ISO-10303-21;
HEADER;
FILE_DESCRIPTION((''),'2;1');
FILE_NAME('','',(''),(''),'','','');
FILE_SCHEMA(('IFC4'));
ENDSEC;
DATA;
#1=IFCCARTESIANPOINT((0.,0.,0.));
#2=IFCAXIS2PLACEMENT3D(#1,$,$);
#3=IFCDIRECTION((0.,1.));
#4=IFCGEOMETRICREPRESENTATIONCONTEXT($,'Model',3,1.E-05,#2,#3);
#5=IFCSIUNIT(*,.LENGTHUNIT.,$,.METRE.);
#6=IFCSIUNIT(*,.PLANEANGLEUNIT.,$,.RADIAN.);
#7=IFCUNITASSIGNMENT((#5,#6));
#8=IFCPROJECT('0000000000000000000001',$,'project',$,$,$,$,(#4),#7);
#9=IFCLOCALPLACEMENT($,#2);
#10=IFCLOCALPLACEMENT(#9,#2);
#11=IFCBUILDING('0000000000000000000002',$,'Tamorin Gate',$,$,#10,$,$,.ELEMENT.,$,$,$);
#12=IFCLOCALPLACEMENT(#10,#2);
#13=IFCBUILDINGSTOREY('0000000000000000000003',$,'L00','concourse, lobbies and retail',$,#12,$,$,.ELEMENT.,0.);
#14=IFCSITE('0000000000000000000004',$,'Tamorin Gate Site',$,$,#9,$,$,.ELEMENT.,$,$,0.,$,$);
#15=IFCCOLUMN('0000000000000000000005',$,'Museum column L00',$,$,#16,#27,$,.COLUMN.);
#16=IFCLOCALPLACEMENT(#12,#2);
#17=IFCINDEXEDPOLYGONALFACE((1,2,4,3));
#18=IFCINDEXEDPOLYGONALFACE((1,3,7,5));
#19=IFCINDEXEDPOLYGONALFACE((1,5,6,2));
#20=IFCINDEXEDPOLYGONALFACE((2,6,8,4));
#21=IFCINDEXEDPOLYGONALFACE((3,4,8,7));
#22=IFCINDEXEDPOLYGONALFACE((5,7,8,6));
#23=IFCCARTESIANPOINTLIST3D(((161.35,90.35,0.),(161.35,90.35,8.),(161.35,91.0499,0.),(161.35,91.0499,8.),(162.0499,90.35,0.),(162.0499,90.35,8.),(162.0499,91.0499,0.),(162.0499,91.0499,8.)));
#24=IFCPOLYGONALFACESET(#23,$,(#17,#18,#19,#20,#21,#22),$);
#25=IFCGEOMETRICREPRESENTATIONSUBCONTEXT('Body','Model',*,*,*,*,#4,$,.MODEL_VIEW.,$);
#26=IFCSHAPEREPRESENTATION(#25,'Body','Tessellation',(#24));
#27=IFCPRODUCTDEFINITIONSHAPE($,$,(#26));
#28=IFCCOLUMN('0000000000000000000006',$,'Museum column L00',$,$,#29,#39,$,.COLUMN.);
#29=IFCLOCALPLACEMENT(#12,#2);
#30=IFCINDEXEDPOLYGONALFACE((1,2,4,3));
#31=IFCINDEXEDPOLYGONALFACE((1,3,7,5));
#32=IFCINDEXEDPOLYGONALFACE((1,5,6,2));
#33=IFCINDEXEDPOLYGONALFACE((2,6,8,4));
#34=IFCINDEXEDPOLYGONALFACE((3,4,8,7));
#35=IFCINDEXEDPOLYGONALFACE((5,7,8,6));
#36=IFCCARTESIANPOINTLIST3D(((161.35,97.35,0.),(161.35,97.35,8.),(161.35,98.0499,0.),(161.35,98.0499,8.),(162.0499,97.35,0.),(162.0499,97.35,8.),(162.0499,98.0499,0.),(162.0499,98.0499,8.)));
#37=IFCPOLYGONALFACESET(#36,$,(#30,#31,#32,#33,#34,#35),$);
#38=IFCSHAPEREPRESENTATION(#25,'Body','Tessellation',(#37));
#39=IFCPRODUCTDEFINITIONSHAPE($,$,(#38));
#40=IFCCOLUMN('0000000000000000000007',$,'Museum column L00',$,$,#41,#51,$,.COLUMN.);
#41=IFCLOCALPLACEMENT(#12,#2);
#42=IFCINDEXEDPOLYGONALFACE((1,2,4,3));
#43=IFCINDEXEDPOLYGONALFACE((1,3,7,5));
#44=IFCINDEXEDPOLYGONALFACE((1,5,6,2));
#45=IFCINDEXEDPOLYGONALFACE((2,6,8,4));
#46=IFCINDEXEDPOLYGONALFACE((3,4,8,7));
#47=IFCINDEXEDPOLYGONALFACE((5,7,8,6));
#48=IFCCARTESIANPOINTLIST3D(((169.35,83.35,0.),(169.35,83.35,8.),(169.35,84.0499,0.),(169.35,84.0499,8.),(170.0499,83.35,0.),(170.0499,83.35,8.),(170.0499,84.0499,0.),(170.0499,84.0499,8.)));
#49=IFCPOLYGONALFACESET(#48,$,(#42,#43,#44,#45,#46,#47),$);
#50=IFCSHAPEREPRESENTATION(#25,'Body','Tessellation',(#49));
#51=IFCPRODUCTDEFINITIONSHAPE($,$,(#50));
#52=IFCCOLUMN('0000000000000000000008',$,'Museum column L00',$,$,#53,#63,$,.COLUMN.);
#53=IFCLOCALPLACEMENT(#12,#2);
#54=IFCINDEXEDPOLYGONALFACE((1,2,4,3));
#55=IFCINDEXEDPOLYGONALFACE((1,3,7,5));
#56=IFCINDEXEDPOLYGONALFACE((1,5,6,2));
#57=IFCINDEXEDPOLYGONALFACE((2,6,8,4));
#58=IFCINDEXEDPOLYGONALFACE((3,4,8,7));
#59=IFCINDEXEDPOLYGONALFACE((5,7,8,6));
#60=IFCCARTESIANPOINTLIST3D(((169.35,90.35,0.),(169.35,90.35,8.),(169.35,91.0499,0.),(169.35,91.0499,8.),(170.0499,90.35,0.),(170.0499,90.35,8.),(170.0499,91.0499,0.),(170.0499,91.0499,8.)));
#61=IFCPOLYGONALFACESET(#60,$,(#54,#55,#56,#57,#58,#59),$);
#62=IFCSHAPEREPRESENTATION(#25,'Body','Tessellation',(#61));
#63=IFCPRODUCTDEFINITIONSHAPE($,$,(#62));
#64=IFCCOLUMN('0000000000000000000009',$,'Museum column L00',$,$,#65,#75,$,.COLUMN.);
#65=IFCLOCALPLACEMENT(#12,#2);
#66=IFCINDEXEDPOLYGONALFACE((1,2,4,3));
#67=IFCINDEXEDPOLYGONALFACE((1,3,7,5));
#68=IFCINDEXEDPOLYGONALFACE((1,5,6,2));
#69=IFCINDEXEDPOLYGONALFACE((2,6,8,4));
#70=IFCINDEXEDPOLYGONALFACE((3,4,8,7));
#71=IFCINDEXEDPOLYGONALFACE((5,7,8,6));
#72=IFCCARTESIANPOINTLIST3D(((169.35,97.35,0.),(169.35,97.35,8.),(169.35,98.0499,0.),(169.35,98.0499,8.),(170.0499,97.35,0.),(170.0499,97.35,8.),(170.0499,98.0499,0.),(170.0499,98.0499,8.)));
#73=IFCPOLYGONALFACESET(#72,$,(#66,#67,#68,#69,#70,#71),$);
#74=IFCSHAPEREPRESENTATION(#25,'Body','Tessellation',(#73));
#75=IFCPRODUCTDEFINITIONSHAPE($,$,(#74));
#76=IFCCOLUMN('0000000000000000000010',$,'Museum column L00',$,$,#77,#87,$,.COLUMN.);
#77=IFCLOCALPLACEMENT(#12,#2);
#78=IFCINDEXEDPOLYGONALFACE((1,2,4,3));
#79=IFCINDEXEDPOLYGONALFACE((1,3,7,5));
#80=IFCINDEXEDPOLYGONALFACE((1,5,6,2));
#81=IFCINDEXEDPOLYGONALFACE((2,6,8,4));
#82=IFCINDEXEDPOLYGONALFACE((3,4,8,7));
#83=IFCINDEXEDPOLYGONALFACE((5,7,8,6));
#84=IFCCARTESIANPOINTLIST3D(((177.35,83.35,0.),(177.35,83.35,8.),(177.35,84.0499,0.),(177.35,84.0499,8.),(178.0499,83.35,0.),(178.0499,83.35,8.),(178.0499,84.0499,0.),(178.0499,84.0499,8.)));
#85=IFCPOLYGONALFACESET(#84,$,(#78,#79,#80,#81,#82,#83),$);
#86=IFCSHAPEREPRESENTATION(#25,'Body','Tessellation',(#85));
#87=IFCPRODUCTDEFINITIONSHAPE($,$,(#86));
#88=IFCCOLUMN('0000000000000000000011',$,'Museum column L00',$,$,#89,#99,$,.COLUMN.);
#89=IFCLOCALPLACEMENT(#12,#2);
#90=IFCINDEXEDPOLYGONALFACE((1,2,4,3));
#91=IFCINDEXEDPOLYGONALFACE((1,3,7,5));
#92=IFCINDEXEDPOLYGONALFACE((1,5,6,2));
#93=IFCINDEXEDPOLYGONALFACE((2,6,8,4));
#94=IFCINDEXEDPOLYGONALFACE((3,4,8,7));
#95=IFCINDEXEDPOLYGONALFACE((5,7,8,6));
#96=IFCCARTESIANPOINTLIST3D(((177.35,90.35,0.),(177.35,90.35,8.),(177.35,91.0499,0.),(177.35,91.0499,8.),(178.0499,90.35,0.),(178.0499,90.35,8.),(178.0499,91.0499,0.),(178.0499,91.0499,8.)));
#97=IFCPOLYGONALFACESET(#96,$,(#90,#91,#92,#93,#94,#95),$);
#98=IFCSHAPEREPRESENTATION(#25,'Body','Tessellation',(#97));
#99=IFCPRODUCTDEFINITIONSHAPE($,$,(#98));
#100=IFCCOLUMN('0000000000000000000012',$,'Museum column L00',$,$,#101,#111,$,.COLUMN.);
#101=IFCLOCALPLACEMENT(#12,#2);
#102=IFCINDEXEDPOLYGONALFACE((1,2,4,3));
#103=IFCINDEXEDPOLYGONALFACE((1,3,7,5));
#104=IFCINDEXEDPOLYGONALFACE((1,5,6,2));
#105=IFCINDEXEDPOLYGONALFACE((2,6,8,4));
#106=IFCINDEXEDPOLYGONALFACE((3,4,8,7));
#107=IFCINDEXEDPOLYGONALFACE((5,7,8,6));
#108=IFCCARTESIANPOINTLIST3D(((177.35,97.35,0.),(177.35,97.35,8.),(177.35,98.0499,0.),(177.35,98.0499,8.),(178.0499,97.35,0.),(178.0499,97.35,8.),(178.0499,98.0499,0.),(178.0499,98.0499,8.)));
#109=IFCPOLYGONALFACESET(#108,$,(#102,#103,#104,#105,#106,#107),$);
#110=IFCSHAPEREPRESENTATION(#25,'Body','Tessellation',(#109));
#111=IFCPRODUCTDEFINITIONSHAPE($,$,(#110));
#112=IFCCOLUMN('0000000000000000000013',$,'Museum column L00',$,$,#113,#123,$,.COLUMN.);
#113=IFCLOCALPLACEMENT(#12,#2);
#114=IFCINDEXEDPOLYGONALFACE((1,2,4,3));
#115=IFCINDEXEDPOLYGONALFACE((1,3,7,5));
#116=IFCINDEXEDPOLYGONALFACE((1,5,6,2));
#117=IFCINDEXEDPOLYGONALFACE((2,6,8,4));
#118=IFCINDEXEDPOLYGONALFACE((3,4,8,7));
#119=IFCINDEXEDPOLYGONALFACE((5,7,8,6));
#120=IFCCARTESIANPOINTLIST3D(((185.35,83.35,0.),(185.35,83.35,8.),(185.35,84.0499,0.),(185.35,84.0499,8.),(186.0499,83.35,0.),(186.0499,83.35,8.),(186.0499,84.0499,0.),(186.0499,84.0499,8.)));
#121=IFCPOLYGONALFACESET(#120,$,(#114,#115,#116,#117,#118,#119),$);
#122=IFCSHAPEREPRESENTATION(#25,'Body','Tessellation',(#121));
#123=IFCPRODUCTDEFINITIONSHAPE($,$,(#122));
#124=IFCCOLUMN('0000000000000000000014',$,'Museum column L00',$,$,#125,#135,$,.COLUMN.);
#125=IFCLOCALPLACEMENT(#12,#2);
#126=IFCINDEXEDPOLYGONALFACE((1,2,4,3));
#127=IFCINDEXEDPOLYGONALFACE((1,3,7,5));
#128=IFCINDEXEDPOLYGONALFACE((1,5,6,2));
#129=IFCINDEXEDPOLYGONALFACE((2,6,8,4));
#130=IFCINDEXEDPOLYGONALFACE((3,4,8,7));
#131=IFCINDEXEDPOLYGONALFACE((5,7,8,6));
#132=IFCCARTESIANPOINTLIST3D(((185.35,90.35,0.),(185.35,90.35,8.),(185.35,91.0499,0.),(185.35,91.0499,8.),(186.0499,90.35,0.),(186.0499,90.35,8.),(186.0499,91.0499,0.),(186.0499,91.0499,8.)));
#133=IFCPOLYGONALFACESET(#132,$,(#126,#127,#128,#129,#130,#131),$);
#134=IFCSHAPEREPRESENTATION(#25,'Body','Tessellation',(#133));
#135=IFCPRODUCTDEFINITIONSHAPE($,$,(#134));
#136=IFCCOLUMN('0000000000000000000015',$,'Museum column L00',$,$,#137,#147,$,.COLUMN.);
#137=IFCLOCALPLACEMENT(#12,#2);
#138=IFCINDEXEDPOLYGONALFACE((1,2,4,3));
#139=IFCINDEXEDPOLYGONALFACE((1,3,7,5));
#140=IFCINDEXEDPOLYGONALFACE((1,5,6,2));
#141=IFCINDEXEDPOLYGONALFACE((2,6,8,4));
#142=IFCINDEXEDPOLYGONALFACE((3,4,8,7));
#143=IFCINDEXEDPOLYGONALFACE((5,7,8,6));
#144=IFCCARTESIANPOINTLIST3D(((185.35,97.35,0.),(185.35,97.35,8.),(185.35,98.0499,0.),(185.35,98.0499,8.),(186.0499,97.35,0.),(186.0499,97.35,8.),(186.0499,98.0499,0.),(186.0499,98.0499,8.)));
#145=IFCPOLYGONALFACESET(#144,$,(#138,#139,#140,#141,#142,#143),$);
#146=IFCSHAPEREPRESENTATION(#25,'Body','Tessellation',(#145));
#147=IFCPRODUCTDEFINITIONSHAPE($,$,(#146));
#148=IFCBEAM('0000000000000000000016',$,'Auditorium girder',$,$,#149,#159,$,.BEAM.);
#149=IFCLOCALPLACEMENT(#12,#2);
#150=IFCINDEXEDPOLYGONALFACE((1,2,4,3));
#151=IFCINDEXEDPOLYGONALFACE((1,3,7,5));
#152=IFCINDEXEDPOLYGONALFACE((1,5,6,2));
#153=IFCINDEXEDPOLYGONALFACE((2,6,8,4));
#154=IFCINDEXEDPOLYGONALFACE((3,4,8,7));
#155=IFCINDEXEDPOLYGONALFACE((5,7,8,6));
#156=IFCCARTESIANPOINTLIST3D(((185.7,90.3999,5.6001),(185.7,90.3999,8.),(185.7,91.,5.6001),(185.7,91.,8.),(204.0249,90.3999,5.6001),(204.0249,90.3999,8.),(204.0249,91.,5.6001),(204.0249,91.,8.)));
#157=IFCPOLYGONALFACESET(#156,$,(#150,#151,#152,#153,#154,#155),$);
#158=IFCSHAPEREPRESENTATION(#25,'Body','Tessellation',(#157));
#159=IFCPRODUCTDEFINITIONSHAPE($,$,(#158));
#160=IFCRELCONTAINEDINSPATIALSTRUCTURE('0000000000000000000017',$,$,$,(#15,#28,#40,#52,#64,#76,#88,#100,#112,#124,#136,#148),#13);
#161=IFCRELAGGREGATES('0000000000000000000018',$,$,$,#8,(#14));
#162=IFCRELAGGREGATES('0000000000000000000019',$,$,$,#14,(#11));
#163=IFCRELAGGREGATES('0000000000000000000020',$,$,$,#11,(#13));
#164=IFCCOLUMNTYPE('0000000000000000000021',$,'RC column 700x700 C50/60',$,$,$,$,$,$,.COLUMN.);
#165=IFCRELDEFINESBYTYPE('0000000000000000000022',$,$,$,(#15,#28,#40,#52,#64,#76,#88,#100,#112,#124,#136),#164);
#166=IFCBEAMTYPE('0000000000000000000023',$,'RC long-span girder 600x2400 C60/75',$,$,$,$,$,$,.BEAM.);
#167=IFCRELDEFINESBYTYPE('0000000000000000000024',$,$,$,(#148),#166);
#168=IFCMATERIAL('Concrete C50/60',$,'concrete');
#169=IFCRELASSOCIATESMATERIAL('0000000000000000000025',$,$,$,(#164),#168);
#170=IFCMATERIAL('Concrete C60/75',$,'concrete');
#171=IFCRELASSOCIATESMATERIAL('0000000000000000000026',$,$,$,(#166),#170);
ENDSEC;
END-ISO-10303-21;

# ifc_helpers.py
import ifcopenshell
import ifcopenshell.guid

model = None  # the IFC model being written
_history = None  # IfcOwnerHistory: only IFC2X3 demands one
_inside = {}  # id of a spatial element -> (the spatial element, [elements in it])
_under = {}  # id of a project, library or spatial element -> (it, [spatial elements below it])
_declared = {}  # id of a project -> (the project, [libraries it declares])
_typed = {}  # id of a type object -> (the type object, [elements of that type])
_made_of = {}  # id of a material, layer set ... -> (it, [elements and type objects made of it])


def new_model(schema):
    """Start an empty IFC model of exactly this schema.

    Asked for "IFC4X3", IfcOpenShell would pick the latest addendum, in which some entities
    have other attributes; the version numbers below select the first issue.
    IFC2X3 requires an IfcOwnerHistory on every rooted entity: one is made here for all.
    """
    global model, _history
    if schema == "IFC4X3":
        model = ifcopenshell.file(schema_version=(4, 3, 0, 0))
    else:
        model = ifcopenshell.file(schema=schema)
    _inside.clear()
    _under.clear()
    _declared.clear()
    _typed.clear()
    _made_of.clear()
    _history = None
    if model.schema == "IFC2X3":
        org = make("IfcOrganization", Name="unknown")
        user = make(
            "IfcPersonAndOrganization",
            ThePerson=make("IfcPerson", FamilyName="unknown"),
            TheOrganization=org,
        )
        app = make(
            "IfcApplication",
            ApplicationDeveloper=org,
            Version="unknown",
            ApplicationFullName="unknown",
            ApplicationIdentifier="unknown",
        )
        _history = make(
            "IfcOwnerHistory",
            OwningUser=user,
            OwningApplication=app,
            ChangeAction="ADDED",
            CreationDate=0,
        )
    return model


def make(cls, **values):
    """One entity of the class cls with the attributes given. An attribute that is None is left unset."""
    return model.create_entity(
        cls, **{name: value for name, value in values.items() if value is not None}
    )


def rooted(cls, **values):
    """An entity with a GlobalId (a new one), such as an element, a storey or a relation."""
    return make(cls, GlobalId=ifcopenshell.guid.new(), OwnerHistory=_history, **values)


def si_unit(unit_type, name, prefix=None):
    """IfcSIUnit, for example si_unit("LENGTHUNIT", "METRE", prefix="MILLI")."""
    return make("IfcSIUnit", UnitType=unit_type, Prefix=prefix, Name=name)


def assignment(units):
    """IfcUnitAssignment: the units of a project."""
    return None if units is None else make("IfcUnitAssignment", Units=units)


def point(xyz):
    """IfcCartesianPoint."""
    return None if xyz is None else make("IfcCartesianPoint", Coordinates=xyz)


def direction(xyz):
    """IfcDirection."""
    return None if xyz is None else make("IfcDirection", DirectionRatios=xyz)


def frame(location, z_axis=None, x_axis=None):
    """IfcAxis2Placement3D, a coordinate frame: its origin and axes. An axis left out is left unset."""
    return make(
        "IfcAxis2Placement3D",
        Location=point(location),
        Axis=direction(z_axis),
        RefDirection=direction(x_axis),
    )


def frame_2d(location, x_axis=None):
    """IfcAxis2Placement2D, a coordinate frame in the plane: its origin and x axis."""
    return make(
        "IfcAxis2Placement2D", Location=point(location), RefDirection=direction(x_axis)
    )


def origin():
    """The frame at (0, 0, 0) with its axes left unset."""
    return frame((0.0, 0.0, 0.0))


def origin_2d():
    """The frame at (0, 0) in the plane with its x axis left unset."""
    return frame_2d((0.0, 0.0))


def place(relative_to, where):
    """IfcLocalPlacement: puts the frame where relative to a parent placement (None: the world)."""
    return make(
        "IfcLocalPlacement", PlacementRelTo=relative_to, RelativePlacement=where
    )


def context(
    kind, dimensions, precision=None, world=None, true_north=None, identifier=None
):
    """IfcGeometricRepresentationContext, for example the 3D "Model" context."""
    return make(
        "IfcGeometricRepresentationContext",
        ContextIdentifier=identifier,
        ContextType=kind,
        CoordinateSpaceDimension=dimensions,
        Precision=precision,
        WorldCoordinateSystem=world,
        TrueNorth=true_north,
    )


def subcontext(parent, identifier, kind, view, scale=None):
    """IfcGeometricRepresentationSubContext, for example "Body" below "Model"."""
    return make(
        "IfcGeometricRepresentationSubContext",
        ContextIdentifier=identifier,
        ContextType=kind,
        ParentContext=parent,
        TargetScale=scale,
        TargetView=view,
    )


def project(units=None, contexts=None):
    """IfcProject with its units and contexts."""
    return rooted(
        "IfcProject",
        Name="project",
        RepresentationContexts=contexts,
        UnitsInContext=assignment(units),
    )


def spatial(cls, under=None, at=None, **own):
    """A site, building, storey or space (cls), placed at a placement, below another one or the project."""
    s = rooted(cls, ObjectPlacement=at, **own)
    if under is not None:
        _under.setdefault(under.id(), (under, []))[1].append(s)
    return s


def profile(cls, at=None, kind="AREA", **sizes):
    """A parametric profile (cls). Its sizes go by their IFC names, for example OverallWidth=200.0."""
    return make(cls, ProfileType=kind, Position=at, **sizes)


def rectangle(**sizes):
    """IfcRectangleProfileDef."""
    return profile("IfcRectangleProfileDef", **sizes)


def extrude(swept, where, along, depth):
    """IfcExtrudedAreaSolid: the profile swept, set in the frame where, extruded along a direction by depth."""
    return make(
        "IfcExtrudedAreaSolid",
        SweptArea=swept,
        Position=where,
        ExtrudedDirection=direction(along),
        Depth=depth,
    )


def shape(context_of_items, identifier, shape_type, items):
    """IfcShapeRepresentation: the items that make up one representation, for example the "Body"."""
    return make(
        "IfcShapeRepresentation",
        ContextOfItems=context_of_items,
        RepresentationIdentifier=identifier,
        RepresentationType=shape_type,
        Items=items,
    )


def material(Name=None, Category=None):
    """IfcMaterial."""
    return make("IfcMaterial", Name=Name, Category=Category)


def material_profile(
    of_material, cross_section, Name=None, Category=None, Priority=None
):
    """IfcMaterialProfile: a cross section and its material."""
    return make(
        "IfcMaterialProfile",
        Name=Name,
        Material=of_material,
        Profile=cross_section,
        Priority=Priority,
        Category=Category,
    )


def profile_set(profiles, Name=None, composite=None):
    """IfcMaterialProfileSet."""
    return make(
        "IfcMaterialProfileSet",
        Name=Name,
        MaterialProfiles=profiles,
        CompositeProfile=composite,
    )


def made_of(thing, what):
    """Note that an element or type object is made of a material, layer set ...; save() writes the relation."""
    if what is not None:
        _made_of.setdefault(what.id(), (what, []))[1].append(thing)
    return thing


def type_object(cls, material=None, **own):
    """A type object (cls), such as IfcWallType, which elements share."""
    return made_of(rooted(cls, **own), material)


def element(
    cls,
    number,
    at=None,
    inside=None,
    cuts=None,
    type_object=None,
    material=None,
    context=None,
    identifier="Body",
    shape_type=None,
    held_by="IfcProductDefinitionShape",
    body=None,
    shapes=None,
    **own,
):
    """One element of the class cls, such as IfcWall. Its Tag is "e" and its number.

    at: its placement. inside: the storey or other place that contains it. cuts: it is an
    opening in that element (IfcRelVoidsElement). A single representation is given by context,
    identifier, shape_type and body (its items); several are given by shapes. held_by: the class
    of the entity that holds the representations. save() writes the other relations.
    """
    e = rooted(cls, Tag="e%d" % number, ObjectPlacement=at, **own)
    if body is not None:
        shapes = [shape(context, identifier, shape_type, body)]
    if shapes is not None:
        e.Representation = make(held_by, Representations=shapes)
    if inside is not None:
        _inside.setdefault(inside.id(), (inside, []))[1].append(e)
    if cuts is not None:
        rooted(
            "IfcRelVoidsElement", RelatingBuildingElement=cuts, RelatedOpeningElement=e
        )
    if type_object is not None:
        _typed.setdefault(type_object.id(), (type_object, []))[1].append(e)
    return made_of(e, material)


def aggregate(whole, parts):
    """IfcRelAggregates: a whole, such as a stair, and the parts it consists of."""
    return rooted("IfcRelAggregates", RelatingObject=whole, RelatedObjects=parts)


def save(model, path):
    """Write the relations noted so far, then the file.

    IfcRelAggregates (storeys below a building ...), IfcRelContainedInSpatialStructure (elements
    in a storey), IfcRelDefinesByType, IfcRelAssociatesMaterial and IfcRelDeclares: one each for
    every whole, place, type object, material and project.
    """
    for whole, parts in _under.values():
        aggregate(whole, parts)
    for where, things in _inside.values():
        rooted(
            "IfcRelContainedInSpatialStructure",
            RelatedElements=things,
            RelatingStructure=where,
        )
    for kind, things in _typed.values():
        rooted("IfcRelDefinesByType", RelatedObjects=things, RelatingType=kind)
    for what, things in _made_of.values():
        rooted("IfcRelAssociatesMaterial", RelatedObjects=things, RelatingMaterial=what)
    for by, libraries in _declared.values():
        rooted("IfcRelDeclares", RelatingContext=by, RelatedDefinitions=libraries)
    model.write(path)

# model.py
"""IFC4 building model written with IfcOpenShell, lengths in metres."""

from ifc_helpers import new_model, si_unit, direction, frame, origin, origin_2d, place, context, subcontext, project, spatial, rectangle, extrude, material, material_profile, profile_set, type_object, element, save


model = new_model("IFC4")

# Units and contexts
model_context = context("Model", 3, precision=1e-05, world=origin(), true_north=direction((0.0, 1.0)))
body_context = subcontext(model_context, "Body", "Model", "MODEL_VIEW")
ifc_project = project(units=[si_unit("LENGTHUNIT", "METRE"), si_unit("PLANEANGLEUNIT", "RADIAN")], contexts=[model_context])

# Site, building, storey
site_placement = place(None, origin())
site = spatial("IfcSite", under=ifc_project, at=site_placement, Name="Tamorin Gate Site", CompositionType="ELEMENT", RefElevation=0.0)
building_placement = place(site_placement, origin())
building = spatial("IfcBuilding", under=site, at=building_placement, Name="Tamorin Gate", CompositionType="ELEMENT")
storey_placement = place(building_placement, origin())
storey = spatial("IfcBuildingStorey", under=building, at=storey_placement, Name="L00", Description="concourse, lobbies and retail", CompositionType="ELEMENT", Elevation=0.0)

# Columns
ifc_material_1 = material(Name="Concrete C50/60", Category="concrete")
ifc_material_profile_1 = material_profile(ifc_material_1, rectangle(XDim=0.7, YDim=0.7, at=origin_2d()), Name="RC 700x700")
ifc_profile_set_1 = profile_set([ifc_material_profile_1], Name="Concrete C50/60")
column_type = type_object("IfcColumnType", Name="RC column 700x700 C50/60", PredefinedType="COLUMN", material=ifc_profile_set_1)
for number, where, z_axis, x_axis, name in (
    (1, (161.7, 90.7, 0.0), (0.0, 0.0, 1.0), (1.0, 0.0, 0.0), "Museum column L00"),
    (2, (161.7, 97.7, 0.0), (0.0, 0.0, 1.0), (1.0, 0.0, 0.0), "Museum column L00"),
    (3, (169.7, 83.7, 0.0), (0.0, 0.0, 1.0), (1.0, 0.0, 0.0), "Museum column L00"),
    (4, (169.7, 90.7, 0.0), (0.0, 0.0, 1.0), (1.0, 0.0, 0.0), "Museum column L00"),
    (5, (169.7, 97.7, 0.0), (0.0, 0.0, 1.0), (1.0, 0.0, 0.0), "Museum column L00"),
    (6, (177.7, 83.7, 0.0), (0.0, 0.0, 1.0), (1.0, 0.0, 0.0), "Museum column L00"),
    (7, (177.7, 90.7, 0.0), (0.0, 0.0, 1.0), (1.0, 0.0, 0.0), "Museum column L00"),
    (8, (177.7, 97.7, 0.0), (0.0, 0.0, 1.0), (1.0, 0.0, 0.0), "Museum column L00"),
    (9, (185.7, 83.7, 0.0), (0.0, 0.0, 1.0), (1.0, 0.0, 0.0), "Museum column L00"),
    (10, (185.7, 90.7, 0.0), (0.0, 0.0, 1.0), (1.0, 0.0, 0.0), "Museum column L00"),
    (11, (185.7, 97.7, 0.0), (0.0, 0.0, 1.0), (1.0, 0.0, 0.0), "Museum column L00"),
):
    element("IfcColumn", number, at=place(storey_placement, frame(where, z_axis=z_axis, x_axis=x_axis)), inside=storey, type_object=column_type, Name=name, PredefinedType="COLUMN", context=body_context, shape_type="SweptSolid", body=[
        extrude(rectangle(XDim=0.7, YDim=0.7, at=origin_2d()), origin(), (0.0, 0.0, 1.0), 8.0),
    ])

# Beam
ifc_material_2 = material(Name="Concrete C60/75", Category="concrete")
ifc_material_profile_2 = material_profile(ifc_material_2, rectangle(XDim=0.6001, YDim=2.3999, at=origin_2d()))
ifc_profile_set_2 = profile_set([ifc_material_profile_2], Name="Concrete C60/75")
beam_type = type_object("IfcBeamType", Name="RC long-span girder 600x2400 C60/75", PredefinedType="BEAM", material=ifc_profile_set_2)
beam_placement = place(storey_placement, frame((185.7, 90.7, 6.8), z_axis=(1.0, 0.0, 0.0), x_axis=(0.0, 1.0, 0.0)))
element("IfcBeam", 12, at=beam_placement, inside=storey, type_object=beam_type, Name="Auditorium girder", PredefinedType="BEAM", context=body_context, shape_type="SweptSolid", body=[
    extrude(rectangle(XDim=0.6001, YDim=2.3999, at=origin_2d()), origin(), (0.0, 0.0, 1.0), 18.325),
])

save(model, "model.ifc")
